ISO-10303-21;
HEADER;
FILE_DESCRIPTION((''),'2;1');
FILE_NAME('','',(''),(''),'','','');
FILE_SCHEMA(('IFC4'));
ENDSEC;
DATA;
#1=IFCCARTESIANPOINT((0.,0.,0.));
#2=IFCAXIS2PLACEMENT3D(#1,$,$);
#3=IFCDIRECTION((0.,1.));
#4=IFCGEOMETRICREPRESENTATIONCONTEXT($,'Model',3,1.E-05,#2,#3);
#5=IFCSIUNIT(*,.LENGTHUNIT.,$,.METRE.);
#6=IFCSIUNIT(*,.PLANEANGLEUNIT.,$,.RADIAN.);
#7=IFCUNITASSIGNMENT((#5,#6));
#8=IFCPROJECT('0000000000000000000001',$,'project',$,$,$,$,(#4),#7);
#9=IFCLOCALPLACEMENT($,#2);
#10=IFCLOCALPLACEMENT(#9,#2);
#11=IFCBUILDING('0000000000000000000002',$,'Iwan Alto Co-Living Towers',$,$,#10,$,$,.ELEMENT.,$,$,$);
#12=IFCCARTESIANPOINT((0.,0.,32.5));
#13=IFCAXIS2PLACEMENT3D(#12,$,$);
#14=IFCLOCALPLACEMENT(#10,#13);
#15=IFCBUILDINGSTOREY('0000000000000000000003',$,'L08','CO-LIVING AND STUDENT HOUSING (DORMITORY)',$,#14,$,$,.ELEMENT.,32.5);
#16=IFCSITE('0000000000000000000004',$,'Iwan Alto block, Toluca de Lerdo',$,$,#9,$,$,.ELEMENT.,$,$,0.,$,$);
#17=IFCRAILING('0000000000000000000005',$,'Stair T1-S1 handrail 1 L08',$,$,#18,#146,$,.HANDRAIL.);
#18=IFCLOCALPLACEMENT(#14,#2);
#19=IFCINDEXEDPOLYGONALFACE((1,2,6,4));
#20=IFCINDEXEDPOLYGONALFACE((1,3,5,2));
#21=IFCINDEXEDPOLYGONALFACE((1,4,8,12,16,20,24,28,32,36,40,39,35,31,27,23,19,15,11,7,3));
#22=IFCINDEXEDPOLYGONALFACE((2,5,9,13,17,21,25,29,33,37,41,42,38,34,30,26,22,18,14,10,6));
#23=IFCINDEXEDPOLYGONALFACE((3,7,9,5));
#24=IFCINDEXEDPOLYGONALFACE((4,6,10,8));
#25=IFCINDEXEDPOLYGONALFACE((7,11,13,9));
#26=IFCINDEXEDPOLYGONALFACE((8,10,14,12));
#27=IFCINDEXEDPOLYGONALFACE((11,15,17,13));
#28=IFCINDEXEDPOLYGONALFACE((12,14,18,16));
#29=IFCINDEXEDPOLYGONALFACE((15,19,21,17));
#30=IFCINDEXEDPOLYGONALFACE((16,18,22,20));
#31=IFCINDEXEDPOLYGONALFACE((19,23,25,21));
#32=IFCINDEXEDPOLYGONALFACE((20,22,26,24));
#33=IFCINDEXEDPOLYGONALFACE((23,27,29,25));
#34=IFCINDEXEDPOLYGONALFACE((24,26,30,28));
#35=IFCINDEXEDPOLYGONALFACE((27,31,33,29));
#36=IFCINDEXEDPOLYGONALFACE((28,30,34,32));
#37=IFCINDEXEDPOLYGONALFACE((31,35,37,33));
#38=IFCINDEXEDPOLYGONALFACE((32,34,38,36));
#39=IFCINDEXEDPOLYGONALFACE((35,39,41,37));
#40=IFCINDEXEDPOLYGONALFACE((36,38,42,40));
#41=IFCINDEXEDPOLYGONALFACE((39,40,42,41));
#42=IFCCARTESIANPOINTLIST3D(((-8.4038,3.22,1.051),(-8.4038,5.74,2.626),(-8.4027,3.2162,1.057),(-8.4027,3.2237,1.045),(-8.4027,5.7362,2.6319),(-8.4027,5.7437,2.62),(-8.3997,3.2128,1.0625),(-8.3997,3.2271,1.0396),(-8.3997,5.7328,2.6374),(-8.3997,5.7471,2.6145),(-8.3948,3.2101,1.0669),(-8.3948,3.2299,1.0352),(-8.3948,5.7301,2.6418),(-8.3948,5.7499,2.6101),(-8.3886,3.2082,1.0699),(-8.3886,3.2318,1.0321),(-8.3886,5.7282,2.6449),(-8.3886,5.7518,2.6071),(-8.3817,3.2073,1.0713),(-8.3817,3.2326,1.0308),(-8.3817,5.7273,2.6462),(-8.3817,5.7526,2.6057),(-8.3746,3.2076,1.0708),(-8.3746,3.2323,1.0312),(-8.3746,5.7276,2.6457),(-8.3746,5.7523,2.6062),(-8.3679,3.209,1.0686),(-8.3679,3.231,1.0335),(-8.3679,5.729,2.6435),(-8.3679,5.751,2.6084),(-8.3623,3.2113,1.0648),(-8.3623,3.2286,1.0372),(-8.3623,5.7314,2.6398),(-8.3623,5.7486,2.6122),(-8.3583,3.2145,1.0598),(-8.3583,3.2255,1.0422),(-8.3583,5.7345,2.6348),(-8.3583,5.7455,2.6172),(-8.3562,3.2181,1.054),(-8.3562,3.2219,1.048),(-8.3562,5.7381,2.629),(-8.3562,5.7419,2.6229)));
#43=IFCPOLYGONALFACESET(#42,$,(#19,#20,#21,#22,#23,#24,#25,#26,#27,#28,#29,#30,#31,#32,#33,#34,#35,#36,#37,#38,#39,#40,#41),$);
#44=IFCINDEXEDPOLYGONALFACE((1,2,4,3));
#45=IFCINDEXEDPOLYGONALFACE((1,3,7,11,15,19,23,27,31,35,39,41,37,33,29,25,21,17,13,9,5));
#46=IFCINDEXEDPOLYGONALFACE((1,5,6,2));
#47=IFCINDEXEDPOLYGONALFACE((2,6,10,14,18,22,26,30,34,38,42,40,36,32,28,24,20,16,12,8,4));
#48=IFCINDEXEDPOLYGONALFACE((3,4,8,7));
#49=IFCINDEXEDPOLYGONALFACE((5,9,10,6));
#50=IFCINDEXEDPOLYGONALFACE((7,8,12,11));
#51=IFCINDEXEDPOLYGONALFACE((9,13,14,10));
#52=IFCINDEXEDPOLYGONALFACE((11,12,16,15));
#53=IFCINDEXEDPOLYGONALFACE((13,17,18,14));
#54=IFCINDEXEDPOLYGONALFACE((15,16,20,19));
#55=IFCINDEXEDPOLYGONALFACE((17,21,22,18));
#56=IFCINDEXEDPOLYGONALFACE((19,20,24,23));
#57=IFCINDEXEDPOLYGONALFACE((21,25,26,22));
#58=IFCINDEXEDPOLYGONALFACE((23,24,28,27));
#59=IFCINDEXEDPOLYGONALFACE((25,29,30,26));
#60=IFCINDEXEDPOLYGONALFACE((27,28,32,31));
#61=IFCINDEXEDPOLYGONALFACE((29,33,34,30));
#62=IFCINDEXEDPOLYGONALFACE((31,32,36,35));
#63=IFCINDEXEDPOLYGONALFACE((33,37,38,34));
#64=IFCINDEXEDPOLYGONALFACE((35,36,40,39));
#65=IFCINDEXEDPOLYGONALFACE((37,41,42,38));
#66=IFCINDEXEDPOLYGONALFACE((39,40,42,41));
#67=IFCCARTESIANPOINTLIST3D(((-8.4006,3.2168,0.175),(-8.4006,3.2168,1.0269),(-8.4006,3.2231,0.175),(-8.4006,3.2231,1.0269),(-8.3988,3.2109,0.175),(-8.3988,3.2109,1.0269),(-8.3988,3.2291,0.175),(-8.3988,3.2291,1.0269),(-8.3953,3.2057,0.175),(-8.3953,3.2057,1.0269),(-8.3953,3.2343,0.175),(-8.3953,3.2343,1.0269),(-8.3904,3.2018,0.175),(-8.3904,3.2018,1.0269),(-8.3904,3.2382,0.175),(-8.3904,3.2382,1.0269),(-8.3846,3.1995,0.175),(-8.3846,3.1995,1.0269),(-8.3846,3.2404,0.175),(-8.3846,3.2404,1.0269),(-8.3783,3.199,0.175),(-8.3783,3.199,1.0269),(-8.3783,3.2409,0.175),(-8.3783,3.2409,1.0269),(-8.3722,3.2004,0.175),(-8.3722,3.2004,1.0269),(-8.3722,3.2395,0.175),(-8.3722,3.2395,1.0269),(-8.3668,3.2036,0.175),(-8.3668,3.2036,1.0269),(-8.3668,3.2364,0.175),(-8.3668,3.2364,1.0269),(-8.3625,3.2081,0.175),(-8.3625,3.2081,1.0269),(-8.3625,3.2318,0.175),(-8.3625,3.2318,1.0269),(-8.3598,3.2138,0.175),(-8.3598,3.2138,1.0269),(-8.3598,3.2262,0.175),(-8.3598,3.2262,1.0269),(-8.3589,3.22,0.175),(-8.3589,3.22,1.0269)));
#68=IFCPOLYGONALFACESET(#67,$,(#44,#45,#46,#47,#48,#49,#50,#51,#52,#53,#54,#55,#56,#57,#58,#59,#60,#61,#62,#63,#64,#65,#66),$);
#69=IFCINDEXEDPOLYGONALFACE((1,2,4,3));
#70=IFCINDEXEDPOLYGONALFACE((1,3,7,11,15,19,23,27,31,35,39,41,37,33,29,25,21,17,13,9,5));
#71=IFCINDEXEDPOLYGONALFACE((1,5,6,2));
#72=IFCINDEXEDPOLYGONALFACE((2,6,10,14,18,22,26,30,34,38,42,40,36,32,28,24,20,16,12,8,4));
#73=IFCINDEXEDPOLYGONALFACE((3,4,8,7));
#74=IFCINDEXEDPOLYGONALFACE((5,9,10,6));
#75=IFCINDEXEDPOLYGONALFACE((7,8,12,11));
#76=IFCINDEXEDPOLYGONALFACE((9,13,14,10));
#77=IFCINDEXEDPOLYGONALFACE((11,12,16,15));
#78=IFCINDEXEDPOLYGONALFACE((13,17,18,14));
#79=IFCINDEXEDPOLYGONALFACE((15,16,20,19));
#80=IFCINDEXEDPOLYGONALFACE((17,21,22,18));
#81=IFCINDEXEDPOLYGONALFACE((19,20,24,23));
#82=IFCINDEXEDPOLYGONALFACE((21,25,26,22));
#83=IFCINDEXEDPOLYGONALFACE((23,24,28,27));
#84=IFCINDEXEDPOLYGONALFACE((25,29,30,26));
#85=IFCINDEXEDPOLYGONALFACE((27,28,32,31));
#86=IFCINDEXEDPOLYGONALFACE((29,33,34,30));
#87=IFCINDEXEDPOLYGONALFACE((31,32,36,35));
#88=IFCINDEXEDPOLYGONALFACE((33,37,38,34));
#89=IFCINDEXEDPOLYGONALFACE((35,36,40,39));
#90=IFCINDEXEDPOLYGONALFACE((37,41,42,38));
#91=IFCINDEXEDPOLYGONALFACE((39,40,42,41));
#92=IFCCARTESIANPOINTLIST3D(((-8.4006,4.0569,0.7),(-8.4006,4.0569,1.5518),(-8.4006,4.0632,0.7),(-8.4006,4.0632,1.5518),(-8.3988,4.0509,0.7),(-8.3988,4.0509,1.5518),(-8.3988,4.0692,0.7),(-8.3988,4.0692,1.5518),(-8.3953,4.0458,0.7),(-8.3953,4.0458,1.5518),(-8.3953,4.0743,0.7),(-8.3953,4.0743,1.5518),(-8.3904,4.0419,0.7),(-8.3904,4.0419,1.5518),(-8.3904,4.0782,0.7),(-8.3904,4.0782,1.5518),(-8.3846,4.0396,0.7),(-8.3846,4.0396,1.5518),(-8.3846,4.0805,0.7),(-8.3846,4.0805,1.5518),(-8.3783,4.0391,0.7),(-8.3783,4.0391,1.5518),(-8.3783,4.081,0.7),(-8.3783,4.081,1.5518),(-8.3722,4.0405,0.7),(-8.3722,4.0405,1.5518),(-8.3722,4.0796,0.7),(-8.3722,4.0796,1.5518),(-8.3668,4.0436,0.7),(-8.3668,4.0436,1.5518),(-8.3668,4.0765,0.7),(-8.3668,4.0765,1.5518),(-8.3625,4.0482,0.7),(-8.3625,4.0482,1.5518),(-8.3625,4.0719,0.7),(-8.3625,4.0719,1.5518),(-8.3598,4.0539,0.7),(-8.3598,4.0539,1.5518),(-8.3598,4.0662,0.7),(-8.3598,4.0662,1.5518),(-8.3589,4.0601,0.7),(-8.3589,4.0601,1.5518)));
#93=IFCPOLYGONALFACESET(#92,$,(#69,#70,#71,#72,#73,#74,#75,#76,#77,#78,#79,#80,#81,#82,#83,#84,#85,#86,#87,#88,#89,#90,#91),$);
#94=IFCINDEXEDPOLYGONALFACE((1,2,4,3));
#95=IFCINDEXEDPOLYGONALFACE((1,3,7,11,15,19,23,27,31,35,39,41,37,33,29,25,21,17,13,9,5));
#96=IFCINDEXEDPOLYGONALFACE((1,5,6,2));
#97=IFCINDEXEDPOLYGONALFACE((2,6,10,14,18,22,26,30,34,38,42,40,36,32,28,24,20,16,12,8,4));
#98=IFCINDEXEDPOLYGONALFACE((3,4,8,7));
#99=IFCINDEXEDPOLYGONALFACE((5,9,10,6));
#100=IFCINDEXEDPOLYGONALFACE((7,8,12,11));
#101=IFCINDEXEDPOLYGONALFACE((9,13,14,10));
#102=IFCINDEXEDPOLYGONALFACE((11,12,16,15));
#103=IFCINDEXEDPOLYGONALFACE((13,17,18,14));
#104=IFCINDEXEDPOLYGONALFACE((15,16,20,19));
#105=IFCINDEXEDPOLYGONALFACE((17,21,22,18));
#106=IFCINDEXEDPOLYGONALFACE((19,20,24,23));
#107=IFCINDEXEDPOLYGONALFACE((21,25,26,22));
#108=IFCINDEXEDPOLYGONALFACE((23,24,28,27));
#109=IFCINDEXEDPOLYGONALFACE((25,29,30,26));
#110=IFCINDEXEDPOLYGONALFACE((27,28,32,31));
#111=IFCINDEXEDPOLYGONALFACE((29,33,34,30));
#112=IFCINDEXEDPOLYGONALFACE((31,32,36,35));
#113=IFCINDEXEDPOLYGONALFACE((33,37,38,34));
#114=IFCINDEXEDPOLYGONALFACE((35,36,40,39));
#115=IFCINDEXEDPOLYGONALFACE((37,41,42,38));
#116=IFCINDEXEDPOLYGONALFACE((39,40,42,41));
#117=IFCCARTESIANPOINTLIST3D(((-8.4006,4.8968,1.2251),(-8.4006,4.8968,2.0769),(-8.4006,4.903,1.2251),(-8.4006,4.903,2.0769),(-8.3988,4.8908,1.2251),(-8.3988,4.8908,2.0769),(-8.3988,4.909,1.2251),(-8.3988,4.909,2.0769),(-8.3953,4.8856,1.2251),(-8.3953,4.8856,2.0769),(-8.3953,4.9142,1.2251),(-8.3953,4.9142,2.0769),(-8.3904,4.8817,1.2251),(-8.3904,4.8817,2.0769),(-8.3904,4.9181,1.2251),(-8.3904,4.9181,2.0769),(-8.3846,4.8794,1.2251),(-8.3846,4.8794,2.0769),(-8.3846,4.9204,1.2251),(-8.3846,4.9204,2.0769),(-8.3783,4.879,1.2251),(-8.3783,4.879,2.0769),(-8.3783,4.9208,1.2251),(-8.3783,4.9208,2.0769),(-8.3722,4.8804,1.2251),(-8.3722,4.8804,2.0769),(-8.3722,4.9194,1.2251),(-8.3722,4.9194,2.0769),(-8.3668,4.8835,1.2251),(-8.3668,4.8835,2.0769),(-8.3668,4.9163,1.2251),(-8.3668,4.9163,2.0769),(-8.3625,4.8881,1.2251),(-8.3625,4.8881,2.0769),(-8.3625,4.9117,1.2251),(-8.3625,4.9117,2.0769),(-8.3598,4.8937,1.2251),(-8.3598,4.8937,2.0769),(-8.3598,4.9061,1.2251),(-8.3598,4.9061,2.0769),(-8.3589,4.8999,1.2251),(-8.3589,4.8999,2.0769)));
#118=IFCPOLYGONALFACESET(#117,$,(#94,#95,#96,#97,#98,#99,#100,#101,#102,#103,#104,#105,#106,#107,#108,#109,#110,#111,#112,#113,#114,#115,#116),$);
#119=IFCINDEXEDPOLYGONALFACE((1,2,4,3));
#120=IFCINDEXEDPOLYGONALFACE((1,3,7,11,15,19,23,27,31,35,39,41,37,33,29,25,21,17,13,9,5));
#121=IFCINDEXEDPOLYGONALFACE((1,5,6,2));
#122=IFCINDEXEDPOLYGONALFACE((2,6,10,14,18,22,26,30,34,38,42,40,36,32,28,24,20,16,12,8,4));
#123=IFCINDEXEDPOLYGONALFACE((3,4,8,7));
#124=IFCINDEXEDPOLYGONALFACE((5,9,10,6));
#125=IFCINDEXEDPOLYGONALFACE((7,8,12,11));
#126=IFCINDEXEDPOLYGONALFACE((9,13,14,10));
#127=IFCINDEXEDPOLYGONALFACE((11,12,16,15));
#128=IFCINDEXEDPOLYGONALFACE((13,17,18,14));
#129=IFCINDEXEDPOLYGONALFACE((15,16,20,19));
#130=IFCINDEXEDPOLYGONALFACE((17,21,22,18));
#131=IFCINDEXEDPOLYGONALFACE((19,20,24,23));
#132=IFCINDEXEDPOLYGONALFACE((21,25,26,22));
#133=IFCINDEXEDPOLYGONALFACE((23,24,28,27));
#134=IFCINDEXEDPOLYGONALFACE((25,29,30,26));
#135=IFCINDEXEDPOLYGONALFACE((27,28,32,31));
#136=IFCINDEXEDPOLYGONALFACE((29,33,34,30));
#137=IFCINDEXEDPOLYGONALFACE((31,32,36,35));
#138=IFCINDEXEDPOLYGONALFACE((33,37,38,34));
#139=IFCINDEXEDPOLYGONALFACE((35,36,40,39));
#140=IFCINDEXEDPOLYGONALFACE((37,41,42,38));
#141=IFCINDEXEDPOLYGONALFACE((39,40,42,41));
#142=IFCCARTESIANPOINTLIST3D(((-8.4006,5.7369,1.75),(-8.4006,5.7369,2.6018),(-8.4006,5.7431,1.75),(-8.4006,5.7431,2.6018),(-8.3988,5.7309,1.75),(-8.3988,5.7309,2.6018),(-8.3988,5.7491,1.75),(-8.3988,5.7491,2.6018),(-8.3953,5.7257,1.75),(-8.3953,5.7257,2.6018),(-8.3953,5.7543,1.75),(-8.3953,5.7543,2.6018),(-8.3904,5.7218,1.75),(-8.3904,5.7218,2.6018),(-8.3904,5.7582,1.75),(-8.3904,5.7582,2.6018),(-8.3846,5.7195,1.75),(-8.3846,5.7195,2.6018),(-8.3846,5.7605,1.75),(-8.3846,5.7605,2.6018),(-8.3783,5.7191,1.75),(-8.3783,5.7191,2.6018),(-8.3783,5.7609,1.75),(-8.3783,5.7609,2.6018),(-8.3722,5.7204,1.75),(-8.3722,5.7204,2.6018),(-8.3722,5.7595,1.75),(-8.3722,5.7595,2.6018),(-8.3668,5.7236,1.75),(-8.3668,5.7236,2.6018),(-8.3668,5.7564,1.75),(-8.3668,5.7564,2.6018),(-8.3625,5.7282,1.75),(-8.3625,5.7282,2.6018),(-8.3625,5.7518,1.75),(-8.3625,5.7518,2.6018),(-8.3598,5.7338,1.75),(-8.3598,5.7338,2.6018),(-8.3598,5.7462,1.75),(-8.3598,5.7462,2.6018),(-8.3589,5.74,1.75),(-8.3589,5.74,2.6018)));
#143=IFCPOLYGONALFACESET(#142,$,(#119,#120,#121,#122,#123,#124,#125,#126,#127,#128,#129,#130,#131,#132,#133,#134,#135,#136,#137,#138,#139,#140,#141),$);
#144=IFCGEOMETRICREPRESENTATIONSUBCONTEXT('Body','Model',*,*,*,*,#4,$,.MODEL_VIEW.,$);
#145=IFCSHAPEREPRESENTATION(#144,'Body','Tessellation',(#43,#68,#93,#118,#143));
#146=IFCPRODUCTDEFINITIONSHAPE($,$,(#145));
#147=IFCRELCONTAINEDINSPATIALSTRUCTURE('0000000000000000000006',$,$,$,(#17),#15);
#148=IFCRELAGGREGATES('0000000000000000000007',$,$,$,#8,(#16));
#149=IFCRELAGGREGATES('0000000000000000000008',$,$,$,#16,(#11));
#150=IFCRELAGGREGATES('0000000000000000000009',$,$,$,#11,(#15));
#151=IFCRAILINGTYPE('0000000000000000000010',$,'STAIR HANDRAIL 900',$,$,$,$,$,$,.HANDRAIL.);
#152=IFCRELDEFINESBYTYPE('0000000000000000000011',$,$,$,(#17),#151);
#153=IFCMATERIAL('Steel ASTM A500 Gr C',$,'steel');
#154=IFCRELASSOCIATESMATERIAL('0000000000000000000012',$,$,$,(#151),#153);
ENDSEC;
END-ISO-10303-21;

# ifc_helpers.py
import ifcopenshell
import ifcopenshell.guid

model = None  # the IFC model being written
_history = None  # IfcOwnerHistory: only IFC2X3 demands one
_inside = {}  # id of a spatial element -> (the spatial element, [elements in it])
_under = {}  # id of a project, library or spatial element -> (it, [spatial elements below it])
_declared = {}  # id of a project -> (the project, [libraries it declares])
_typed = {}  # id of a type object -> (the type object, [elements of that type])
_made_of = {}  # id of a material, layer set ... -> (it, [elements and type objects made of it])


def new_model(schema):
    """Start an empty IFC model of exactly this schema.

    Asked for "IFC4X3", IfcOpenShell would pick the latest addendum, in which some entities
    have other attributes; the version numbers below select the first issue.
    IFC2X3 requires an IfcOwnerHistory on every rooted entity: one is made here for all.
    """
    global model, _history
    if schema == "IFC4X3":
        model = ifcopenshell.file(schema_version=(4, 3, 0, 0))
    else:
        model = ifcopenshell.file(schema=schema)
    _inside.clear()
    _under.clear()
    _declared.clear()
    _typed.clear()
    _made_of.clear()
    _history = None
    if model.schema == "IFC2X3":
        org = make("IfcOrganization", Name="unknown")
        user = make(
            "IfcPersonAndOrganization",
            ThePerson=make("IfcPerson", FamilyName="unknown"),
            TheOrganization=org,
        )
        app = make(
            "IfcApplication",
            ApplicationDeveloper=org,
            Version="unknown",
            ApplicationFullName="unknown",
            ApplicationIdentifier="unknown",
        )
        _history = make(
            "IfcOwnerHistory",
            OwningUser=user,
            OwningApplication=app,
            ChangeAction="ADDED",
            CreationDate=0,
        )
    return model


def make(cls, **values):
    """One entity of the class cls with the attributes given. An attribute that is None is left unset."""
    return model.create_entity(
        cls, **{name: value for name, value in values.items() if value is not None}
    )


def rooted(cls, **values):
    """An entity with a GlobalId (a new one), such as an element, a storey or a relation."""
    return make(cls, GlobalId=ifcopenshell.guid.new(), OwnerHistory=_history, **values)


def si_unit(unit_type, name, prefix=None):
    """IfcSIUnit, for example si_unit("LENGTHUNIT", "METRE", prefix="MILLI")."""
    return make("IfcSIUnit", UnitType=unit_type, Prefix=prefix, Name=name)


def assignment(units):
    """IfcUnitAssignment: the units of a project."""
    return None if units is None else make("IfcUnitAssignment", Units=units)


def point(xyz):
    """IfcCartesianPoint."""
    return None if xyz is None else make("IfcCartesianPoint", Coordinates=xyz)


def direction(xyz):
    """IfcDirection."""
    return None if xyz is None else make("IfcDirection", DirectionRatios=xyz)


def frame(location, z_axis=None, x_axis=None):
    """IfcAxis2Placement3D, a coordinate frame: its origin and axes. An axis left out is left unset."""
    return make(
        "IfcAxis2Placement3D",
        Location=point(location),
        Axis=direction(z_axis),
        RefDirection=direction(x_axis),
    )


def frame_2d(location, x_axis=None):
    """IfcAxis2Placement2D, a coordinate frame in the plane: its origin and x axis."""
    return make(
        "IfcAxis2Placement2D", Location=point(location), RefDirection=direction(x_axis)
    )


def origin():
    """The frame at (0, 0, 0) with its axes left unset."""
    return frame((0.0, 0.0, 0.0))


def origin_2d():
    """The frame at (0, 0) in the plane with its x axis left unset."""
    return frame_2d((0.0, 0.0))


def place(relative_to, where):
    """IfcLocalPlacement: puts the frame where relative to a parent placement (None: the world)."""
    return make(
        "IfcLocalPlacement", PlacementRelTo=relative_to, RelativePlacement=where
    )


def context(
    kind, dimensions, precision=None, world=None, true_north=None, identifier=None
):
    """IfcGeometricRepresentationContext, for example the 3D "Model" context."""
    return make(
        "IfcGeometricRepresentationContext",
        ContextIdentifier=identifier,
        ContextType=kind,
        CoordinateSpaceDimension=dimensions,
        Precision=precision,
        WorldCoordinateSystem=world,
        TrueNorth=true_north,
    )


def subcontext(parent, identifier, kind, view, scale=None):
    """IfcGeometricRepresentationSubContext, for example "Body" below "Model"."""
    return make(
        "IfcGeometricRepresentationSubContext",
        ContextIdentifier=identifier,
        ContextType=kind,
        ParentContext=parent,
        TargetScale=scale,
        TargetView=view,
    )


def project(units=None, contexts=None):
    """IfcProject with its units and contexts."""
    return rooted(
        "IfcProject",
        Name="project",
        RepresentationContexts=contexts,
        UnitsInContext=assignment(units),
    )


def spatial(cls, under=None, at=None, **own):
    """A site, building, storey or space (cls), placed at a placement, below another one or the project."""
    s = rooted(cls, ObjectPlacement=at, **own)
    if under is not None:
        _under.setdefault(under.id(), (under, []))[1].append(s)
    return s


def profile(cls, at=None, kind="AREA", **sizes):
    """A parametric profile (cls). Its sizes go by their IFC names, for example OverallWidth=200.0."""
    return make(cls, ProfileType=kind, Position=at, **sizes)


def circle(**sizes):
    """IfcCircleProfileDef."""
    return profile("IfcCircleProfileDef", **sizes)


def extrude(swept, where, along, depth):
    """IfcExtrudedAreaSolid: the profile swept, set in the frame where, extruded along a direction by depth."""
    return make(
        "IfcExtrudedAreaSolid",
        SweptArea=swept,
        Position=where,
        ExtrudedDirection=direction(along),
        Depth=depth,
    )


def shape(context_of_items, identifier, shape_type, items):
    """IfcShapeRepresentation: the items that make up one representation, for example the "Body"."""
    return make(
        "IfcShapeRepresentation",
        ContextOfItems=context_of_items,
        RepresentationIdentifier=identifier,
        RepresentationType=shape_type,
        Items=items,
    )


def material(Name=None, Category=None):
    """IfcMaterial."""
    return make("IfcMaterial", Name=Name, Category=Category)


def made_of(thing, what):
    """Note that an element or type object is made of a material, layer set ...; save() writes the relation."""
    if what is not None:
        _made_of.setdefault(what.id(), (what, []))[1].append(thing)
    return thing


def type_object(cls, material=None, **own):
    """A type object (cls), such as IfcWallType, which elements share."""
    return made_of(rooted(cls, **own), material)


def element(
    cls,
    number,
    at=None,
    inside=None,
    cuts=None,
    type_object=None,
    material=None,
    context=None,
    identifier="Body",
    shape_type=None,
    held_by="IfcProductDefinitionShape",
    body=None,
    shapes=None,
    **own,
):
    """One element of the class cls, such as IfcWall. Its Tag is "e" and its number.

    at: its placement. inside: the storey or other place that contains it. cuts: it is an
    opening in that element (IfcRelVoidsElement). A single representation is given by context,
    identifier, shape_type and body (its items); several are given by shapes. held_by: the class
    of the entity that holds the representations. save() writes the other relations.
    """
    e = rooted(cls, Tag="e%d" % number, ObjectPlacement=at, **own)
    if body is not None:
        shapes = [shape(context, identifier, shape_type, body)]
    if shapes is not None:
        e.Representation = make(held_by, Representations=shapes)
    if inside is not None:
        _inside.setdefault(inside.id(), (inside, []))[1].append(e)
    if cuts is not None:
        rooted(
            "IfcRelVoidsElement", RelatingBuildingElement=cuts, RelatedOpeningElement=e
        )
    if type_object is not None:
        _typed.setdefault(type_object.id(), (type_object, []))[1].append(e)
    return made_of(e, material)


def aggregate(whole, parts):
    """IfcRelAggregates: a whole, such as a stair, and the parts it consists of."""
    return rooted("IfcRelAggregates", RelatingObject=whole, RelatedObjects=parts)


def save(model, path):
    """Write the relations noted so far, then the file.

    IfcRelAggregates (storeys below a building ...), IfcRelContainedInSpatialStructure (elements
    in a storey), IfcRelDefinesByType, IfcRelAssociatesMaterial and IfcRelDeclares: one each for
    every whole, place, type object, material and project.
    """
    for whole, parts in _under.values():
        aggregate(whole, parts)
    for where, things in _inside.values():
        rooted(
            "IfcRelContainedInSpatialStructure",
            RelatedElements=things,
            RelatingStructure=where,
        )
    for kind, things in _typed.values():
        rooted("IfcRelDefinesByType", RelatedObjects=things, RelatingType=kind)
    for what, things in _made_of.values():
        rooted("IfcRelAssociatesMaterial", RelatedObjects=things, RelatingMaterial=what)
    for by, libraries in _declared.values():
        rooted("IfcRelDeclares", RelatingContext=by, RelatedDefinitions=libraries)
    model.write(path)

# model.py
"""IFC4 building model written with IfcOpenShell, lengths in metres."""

from ifc_helpers import new_model, si_unit, direction, frame, origin, origin_2d, place, context, subcontext, project, spatial, circle, extrude, material, type_object, element, save


model = new_model("IFC4")

# Units and contexts
model_context = context("Model", 3, precision=1e-05, world=origin(), true_north=direction((0.0, 1.0)))
body_context = subcontext(model_context, "Body", "Model", "MODEL_VIEW")
ifc_project = project(units=[si_unit("LENGTHUNIT", "METRE"), si_unit("PLANEANGLEUNIT", "RADIAN")], contexts=[model_context])

# Site, building, storey
site_placement = place(None, origin())
site = spatial("IfcSite", under=ifc_project, at=site_placement, Name="Iwan Alto block, Toluca de Lerdo", CompositionType="ELEMENT", RefElevation=0.0)
building_placement = place(site_placement, origin())
building = spatial("IfcBuilding", under=site, at=building_placement, Name="Iwan Alto Co-Living Towers", CompositionType="ELEMENT")
storey_placement = place(building_placement, frame((0.0, 0.0, 32.5)))
storey = spatial("IfcBuildingStorey", under=building, at=storey_placement, Name="L08", Description="CO-LIVING AND STUDENT HOUSING (DORMITORY)", CompositionType="ELEMENT", Elevation=32.5)

# Railing
ifc_material_1 = material(Name="Steel ASTM A500 Gr C", Category="steel")
railing_type_1 = type_object("IfcRailingType", Name="STAIR HANDRAIL 900", PredefinedType="HANDRAIL", material=ifc_material_1)
railing_1_placement = place(storey_placement, frame((-8.3799, 3.22, 0.175)))
element("IfcRailing", 1, at=railing_1_placement, inside=storey, type_object=railing_type_1, Name="Stair T1-S1 handrail 1 L08", PredefinedType="HANDRAIL", context=body_context, shape_type="SweptSolid", body=[
    extrude(circle(Radius=0.0239, at=origin_2d()), frame((0.0, 0.0, 0.876), z_axis=(0.0, 0.848008, 0.529984), x_axis=(-1.0, 0.0, 0.0)), (0.0, 0.0, 1.0), 2.9717),
    extrude(circle(Radius=0.021, at=origin_2d()), origin(), (0.0, 0.0, 1.0), 0.8518),
    extrude(circle(Radius=0.021, at=origin_2d()), frame((0.0, 0.8401, 0.5249)), (0.0, 0.0, 1.0), 0.8518),
    extrude(circle(Radius=0.021, at=origin_2d()), frame((0.0, 1.6799, 1.05)), (0.0, 0.0, 1.0), 0.8518),
    extrude(circle(Radius=0.021, at=origin_2d()), frame((0.0, 2.52, 1.575)), (0.0, 0.0, 1.0), 0.8518),
])

save(model, "model.ifc")
